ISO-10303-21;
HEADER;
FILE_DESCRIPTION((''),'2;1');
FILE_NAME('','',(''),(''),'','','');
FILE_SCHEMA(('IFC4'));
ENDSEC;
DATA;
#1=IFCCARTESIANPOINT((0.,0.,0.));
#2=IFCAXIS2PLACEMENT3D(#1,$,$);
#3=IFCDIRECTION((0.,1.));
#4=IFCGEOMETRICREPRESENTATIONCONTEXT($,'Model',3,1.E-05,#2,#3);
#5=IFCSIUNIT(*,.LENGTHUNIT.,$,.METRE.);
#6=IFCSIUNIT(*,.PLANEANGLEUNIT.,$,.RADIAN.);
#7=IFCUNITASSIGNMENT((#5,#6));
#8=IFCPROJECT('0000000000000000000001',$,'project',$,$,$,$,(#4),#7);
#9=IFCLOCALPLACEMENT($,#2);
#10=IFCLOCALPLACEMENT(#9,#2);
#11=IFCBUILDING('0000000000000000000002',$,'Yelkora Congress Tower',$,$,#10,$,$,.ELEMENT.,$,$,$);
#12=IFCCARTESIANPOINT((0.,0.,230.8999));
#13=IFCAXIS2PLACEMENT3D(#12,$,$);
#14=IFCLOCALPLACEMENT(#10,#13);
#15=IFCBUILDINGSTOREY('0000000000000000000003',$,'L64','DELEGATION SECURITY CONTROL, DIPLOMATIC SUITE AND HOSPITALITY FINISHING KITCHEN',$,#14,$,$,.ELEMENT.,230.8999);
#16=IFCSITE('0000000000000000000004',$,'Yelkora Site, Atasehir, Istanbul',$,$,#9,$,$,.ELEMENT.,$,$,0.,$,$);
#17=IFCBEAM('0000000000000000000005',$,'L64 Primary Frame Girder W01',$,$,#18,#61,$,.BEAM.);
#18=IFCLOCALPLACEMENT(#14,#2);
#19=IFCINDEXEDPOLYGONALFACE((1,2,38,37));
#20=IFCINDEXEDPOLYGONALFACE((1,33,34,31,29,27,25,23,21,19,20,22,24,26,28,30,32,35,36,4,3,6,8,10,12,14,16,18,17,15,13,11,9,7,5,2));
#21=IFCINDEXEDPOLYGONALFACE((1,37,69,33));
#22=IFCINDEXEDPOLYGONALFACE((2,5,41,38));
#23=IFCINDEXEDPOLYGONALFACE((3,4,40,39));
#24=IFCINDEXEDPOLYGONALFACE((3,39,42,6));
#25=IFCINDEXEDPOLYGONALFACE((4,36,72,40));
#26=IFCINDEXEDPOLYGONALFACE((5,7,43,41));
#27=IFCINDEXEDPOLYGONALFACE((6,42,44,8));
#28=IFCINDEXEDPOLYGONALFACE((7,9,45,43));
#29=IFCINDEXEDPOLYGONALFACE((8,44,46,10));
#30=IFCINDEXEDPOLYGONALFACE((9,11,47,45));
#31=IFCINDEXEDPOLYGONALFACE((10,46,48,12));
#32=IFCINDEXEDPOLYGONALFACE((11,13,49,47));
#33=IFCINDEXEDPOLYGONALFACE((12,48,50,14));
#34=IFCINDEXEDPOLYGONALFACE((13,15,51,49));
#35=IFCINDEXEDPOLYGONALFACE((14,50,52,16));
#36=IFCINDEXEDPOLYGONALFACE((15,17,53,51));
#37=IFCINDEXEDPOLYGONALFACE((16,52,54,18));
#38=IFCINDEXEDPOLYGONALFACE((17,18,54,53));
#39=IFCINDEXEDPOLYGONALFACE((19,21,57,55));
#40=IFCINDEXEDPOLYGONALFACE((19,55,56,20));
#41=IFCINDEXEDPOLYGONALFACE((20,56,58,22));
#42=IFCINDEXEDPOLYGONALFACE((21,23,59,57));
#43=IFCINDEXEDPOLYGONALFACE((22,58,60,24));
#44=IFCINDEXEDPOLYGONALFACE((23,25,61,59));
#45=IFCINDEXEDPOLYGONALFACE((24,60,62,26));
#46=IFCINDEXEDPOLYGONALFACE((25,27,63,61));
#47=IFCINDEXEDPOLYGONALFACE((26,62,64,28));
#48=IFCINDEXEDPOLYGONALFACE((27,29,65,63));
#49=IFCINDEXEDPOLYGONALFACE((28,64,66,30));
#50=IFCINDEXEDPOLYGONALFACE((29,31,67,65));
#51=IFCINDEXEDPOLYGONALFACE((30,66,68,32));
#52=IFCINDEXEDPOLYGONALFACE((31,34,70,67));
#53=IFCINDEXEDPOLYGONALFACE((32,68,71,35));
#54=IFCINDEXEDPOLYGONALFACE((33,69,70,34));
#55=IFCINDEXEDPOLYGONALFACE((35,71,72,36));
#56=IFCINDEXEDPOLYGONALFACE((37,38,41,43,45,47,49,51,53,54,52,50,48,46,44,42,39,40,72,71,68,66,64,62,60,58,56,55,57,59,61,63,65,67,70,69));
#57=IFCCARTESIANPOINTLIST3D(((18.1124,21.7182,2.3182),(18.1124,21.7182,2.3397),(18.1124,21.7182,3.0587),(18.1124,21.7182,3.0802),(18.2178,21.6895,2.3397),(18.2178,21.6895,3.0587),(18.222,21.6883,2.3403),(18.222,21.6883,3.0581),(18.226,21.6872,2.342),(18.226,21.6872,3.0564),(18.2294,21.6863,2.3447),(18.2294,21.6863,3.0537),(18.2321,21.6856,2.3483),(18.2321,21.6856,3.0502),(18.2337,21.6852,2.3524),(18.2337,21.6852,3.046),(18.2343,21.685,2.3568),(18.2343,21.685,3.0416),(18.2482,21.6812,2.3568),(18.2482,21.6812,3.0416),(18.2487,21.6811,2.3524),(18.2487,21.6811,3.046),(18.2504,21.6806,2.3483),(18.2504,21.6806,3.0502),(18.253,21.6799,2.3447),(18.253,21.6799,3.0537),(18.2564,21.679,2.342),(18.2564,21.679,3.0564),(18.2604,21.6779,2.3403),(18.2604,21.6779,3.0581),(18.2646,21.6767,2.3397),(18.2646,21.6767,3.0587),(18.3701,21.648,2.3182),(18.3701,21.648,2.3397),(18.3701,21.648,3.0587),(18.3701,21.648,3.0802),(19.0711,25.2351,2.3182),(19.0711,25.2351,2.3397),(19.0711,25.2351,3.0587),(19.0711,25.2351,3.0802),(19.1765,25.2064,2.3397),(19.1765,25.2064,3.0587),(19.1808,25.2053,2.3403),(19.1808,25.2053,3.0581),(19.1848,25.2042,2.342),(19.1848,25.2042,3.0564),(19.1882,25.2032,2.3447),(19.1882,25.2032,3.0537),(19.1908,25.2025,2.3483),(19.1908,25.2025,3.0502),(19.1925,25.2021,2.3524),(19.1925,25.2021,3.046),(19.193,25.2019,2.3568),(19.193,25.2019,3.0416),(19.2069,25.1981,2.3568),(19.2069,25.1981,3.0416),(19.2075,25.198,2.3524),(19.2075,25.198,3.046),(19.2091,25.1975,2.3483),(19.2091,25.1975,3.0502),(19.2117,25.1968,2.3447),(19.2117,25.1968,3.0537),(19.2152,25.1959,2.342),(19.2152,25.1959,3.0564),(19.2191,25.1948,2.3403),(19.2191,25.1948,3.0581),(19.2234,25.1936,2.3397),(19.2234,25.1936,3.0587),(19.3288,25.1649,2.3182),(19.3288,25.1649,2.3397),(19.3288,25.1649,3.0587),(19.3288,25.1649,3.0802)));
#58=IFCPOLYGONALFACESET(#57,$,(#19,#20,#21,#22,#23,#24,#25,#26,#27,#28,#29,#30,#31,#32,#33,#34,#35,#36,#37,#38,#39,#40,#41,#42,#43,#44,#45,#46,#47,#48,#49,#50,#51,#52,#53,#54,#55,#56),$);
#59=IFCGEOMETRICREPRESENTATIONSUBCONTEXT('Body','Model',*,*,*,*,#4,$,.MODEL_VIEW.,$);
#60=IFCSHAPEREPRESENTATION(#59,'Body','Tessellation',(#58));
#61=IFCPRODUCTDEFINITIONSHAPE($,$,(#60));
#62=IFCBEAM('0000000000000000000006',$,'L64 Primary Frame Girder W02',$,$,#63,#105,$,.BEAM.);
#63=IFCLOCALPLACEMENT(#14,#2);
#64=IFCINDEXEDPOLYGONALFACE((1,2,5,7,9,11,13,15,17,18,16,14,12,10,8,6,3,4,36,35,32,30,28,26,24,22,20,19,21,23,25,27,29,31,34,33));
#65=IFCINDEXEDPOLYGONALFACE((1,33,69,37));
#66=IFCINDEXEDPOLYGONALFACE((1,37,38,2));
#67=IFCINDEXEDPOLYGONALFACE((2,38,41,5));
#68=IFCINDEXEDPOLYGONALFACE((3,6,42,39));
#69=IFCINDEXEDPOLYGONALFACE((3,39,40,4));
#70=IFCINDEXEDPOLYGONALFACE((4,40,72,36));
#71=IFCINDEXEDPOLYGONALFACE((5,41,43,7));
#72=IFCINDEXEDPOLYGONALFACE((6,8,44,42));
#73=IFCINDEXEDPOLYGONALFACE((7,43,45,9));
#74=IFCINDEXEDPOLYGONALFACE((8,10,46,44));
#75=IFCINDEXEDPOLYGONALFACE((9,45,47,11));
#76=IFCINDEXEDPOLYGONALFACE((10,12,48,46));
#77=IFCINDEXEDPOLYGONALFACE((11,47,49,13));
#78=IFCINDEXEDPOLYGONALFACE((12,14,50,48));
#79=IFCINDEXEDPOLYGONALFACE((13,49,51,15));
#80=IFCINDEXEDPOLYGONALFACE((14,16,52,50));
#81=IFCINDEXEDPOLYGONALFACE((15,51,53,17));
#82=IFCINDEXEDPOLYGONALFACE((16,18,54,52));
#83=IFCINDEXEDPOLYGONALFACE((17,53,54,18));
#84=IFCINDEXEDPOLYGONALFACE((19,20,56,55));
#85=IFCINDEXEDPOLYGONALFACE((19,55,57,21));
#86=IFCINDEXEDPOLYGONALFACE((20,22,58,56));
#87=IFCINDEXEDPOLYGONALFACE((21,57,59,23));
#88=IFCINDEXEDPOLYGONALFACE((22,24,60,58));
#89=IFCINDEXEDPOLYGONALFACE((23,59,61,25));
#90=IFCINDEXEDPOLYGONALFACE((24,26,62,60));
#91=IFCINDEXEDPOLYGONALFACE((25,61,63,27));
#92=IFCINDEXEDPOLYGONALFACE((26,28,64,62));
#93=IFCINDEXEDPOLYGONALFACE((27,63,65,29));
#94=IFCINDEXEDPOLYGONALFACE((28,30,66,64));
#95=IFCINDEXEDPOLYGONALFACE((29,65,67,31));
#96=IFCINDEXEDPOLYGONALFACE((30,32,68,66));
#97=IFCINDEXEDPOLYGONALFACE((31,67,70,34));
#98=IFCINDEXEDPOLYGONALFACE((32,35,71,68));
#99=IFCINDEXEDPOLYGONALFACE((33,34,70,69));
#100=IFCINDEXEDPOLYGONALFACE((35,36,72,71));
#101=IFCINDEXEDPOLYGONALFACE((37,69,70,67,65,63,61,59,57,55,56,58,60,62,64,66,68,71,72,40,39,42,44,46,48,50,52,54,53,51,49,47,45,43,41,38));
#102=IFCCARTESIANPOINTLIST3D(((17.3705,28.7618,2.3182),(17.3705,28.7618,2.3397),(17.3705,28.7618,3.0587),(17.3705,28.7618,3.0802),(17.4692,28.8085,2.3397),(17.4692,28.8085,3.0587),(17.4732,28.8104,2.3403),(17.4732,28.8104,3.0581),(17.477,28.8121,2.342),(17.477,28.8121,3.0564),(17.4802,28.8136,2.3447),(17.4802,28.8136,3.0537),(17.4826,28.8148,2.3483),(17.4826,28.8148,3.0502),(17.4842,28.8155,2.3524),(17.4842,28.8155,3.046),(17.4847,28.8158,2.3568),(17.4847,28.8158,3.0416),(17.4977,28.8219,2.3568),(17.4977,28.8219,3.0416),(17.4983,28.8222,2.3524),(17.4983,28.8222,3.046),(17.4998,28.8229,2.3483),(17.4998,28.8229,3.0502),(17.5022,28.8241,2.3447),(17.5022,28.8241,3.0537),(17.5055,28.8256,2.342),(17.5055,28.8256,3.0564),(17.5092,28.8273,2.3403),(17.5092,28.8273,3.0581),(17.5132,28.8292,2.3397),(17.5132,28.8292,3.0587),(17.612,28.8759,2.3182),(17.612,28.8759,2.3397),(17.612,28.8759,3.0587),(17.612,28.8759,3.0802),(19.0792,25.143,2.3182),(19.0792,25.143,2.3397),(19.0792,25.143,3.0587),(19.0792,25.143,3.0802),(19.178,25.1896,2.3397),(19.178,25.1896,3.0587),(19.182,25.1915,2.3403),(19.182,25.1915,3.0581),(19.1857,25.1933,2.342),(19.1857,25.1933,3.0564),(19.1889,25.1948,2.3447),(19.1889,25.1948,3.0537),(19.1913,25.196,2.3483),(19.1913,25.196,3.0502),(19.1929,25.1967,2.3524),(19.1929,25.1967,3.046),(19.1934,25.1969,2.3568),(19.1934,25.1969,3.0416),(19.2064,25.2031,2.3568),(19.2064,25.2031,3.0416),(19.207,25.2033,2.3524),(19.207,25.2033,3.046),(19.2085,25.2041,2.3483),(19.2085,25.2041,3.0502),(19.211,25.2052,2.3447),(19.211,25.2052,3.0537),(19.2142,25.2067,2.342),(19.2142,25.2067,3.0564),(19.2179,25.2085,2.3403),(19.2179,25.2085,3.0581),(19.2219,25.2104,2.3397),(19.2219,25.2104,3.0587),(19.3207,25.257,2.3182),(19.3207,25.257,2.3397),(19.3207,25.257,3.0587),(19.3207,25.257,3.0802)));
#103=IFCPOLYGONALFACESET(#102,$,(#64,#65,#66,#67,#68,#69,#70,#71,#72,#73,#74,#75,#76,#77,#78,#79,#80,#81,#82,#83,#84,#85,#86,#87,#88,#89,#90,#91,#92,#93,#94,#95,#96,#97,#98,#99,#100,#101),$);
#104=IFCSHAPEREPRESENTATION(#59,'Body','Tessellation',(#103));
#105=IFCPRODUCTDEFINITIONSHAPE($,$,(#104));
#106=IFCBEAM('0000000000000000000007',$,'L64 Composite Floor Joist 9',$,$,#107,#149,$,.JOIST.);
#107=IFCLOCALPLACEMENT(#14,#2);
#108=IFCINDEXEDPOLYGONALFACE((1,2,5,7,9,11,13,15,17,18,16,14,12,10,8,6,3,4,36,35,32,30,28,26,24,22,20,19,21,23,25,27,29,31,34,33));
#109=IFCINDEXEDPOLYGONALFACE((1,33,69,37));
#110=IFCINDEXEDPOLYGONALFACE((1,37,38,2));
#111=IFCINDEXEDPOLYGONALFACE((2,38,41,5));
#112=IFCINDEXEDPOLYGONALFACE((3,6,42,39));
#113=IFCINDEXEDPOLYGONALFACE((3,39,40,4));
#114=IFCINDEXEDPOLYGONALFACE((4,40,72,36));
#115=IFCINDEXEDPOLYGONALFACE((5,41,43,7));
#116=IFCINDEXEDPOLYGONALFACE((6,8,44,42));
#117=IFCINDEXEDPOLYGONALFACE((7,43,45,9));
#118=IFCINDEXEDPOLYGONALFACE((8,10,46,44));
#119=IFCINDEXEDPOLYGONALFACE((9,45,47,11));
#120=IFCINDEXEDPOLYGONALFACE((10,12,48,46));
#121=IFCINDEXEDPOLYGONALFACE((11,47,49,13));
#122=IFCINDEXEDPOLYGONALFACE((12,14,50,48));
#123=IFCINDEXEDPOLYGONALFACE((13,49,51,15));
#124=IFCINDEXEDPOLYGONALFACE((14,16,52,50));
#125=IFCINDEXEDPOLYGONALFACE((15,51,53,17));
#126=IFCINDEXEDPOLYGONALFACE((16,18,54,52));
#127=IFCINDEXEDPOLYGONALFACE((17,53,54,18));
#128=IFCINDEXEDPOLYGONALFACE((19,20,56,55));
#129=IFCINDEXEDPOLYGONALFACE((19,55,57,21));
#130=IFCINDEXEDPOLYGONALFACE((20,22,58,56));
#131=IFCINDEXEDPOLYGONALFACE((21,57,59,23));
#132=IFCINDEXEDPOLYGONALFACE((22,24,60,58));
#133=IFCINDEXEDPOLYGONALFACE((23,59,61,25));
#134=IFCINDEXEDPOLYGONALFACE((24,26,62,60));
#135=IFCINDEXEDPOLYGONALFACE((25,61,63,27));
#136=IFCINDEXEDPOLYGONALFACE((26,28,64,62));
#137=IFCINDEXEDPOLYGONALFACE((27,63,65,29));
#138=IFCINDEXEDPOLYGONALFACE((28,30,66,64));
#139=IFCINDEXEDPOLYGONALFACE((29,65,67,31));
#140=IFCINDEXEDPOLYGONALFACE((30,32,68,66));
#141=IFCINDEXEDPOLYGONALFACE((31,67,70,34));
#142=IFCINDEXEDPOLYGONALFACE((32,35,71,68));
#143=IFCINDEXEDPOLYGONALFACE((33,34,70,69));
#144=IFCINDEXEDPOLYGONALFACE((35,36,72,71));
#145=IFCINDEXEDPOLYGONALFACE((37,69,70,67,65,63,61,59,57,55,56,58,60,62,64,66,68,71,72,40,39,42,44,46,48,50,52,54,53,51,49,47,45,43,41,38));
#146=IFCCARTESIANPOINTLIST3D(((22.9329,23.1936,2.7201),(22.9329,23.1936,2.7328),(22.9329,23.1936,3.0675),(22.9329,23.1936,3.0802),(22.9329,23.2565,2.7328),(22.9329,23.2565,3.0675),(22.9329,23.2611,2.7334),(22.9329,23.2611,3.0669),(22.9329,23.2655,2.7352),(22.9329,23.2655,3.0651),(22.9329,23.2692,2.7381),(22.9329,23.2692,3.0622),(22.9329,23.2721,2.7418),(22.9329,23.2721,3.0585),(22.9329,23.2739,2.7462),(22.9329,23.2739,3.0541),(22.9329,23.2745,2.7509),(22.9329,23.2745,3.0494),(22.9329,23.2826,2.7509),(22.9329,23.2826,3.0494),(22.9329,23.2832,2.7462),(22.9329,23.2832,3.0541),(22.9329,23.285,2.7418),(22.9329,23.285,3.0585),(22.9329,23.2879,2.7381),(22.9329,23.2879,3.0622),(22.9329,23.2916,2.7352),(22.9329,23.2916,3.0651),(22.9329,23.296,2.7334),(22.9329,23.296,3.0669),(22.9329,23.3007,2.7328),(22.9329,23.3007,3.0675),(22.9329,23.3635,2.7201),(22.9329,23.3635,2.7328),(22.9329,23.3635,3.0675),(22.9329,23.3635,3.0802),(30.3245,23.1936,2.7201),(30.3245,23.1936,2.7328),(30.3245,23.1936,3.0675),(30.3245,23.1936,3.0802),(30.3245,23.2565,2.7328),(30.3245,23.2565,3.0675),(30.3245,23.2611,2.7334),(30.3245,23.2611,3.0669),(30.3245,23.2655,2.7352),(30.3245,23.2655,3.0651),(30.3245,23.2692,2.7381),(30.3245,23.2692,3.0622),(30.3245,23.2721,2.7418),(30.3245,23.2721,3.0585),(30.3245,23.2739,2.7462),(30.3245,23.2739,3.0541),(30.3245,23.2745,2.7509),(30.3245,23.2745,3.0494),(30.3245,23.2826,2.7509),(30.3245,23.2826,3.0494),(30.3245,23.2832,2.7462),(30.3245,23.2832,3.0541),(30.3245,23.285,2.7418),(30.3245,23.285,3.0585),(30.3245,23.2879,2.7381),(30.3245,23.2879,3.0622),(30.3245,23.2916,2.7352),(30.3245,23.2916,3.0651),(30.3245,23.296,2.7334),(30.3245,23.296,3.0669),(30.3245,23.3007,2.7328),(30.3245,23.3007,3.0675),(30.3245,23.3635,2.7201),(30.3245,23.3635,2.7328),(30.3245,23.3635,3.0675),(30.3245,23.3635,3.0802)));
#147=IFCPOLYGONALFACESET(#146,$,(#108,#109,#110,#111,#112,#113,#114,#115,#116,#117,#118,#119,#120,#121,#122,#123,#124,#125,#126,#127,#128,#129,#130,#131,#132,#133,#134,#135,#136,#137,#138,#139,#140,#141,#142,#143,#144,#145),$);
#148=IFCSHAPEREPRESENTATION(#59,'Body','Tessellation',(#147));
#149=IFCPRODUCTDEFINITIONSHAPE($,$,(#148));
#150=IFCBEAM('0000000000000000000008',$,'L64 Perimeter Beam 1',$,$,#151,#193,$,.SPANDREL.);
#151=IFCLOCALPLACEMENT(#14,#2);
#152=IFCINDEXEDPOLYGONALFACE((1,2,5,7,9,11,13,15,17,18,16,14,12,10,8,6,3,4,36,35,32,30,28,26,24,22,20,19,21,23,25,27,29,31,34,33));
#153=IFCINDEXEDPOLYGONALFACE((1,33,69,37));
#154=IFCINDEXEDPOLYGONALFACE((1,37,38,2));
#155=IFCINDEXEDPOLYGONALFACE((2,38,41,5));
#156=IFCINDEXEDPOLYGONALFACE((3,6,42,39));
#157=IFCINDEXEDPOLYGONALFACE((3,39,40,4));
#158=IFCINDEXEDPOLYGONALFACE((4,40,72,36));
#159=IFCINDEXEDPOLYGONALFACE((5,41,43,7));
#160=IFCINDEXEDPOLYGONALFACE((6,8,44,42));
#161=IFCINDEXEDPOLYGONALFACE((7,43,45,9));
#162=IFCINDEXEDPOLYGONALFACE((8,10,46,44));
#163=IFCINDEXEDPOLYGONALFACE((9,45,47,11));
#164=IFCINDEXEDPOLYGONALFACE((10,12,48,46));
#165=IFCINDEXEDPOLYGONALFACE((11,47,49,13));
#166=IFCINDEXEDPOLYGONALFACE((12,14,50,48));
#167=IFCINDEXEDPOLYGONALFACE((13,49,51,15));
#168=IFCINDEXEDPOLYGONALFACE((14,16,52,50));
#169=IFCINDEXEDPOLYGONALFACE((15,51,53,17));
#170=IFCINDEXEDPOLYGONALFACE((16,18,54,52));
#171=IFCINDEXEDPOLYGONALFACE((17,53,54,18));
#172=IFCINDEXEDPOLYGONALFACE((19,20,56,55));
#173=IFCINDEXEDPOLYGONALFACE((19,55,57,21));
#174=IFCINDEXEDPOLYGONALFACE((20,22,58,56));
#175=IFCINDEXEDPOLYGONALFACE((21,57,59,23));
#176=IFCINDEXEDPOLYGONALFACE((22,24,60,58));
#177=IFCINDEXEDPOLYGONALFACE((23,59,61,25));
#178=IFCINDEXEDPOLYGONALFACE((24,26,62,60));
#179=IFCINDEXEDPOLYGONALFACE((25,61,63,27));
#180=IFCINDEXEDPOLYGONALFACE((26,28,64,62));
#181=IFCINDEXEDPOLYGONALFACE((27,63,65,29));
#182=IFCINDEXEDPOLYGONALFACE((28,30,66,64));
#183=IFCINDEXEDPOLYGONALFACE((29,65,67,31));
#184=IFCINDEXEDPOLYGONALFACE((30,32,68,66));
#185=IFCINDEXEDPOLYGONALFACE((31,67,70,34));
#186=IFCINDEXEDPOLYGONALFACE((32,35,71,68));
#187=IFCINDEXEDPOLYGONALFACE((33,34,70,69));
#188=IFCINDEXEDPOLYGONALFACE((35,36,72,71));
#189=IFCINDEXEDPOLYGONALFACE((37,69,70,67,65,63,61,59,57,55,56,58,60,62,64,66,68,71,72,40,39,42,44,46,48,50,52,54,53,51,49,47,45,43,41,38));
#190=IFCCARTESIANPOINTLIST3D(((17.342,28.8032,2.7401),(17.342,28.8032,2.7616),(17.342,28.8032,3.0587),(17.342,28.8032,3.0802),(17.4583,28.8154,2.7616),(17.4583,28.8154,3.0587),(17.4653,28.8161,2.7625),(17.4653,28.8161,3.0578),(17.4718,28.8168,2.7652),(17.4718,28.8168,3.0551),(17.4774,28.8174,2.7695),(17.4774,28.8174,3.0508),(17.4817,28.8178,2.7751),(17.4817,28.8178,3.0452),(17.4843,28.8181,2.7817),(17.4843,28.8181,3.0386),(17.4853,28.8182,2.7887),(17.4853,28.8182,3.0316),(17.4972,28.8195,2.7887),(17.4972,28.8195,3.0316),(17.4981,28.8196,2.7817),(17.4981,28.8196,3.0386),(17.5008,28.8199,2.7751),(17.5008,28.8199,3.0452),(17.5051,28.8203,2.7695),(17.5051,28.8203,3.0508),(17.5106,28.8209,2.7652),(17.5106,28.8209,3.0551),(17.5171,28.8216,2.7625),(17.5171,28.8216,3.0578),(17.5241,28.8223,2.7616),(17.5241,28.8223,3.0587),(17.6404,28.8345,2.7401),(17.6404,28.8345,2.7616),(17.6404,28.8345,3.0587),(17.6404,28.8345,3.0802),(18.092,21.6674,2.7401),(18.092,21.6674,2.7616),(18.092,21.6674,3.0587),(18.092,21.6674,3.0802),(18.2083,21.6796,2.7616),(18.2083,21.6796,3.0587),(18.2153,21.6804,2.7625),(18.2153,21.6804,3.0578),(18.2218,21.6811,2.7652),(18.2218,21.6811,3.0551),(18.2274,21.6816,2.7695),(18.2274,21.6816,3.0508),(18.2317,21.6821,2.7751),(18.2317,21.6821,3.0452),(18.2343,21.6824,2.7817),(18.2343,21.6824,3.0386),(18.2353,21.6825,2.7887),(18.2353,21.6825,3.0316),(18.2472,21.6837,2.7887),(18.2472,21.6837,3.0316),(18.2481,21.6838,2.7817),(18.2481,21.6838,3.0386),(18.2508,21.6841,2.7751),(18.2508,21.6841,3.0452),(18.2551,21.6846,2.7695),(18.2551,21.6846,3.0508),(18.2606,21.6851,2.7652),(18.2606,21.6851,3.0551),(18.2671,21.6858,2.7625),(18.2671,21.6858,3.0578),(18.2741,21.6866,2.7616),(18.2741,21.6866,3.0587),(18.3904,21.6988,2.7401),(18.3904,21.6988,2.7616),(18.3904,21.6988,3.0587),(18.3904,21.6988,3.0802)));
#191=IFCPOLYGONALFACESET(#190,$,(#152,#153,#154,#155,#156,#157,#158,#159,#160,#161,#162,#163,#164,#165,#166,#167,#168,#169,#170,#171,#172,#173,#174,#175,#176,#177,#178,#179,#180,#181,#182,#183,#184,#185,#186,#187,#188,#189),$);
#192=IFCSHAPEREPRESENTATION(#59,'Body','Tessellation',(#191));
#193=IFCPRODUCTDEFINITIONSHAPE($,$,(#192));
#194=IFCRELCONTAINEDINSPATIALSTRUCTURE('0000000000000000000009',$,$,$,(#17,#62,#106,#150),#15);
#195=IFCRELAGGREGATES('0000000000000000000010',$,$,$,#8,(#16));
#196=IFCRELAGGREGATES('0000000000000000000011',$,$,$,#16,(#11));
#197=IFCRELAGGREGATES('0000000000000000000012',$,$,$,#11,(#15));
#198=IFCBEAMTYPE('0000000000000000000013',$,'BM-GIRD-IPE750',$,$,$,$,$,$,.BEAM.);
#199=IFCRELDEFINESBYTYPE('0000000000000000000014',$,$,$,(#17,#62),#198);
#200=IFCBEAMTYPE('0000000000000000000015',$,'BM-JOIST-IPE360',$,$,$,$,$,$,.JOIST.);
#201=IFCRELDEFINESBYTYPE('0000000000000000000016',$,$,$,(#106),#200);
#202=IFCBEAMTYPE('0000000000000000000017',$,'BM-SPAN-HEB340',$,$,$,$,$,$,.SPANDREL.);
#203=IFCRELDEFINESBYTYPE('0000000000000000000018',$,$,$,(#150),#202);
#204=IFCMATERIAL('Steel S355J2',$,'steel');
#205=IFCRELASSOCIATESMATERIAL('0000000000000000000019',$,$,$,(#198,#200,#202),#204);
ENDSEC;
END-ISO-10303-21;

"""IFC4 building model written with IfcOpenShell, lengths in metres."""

from ifc_helpers import new_model, si_unit, direction, frame, origin, origin_2d, place, context, subcontext, project, spatial, i_section, extrude, material, material_profile, profile_set, type_object, element, save


model = new_model("IFC4")

# Units and contexts
model_context = context("Model", 3, precision=1e-05, world=origin(), true_north=direction((0.0, 1.0)))
body_context = subcontext(model_context, "Body", "Model", "MODEL_VIEW")
ifc_project = project(units=[si_unit("LENGTHUNIT", "METRE"), si_unit("PLANEANGLEUNIT", "RADIAN")], contexts=[model_context])

# Site, building, storey
site_placement = place(None, origin())
site = spatial("IfcSite", under=ifc_project, at=site_placement, Name="Yelkora Site, Atasehir, Istanbul", CompositionType="ELEMENT", RefElevation=0.0)
building_placement = place(site_placement, origin())
building = spatial("IfcBuilding", under=site, at=building_placement, Name="Yelkora Congress Tower", CompositionType="ELEMENT")
storey_placement = place(building_placement, frame((0.0, 0.0, 230.8999)))
storey = spatial("IfcBuildingStorey", under=building, at=storey_placement, Name="L64", Description="DELEGATION SECURITY CONTROL, DIPLOMATIC SUITE AND HOSPITALITY FINISHING KITCHEN", CompositionType="ELEMENT", Elevation=230.8999)

# Shared definitions
ifc_material_1 = material(Name="Steel S355J2", Category="steel")

# Beams
ifc_material_profile_1 = material_profile(ifc_material_1, i_section(OverallWidth=0.2671, OverallDepth=0.762, WebThickness=0.0144, FlangeThickness=0.0215, FilletRadius=0.0171, at=origin_2d()), Name="IPE 750x173")
ifc_profile_set_1 = profile_set([ifc_material_profile_1], Name="Steel S355J2")
beam_type_1 = type_object("IfcBeamType", Name="BM-GIRD-IPE750", PredefinedType="BEAM", material=ifc_profile_set_1)
beam_1_placement = place(storey_placement, frame((18.2412, 21.6831, 2.6992), z_axis=(0.263015, 0.964792, 0.0), x_axis=(-0.964792, 0.263015, 0.0)))
element("IfcBeam", 1, at=beam_1_placement, inside=storey, type_object=beam_type_1, Name="L64 Primary Frame Girder W01", PredefinedType="BEAM", context=body_context, shape_type="SweptSolid", body=[
    extrude(i_section(OverallWidth=0.2671, OverallDepth=0.762, WebThickness=0.0144, FlangeThickness=0.0215, FilletRadius=0.0171, at=origin_2d()), origin(), (0.0, 0.0, 1.0), 3.6453),
])
beam_2_placement = place(storey_placement, frame((17.4912, 28.8188, 2.6992), z_axis=(0.426969, -0.904266, 0.0), x_axis=(0.904266, 0.426969, 0.0)))
element("IfcBeam", 2, at=beam_2_placement, inside=storey, type_object=beam_type_1, Name="L64 Primary Frame Girder W02", PredefinedType="BEAM", context=body_context, shape_type="SweptSolid", body=[
    extrude(i_section(OverallWidth=0.2671, OverallDepth=0.762, WebThickness=0.0144, FlangeThickness=0.0215, FilletRadius=0.0171, at=origin_2d()), origin(), (0.0, 0.0, 1.0), 4.002),
])
ifc_material_profile_2 = material_profile(ifc_material_1, i_section(OverallWidth=0.1699, OverallDepth=0.3601, WebThickness=0.0081, FlangeThickness=0.0127, FilletRadius=0.0181, at=origin_2d()), Name="IPE 360")
ifc_profile_set_2 = profile_set([ifc_material_profile_2], Name="Steel S355J2")
beam_type_2 = type_object("IfcBeamType", Name="BM-JOIST-IPE360", PredefinedType="JOIST", material=ifc_profile_set_2)
beam_3_placement = place(storey_placement, frame((22.9329, 23.2786, 2.9001), z_axis=(1.0, 0.0, 0.0), x_axis=(0.0, 1.0, 0.0)))
element("IfcBeam", 3, at=beam_3_placement, inside=storey, type_object=beam_type_2, Name="L64 Composite Floor Joist 9", PredefinedType="JOIST", context=body_context, shape_type="SweptSolid", body=[
    extrude(i_section(OverallWidth=0.1699, OverallDepth=0.3601, WebThickness=0.0081, FlangeThickness=0.0127, FilletRadius=0.0181, at=origin_2d()), origin(), (0.0, 0.0, 1.0), 7.3916),
])
ifc_material_profile_3 = material_profile(ifc_material_1, i_section(OverallWidth=0.3, OverallDepth=0.3401, WebThickness=0.012, FlangeThickness=0.0215, FilletRadius=0.0271, at=origin_2d()), Name="HEB 340")
ifc_profile_set_3 = profile_set([ifc_material_profile_3], Name="Steel S355J2")
beam_type_3 = type_object("IfcBeamType", Name="BM-SPAN-HEB340", PredefinedType="SPANDREL", material=ifc_profile_set_3)
beam_4_placement = place(storey_placement, frame((17.4912, 28.8188, 2.9102), z_axis=(0.104529, -0.994522, 0.0), x_axis=(0.994522, 0.104529, 0.0)))
element("IfcBeam", 4, at=beam_4_placement, inside=storey, type_object=beam_type_3, Name="L64 Perimeter Beam 1", PredefinedType="SPANDREL", context=body_context, shape_type="SweptSolid", body=[
    extrude(i_section(OverallWidth=0.3, OverallDepth=0.3401, WebThickness=0.012, FlangeThickness=0.0215, FilletRadius=0.0271, at=origin_2d()), origin(), (0.0, 0.0, 1.0), 7.175),
])

save(model, "model.ifc")
